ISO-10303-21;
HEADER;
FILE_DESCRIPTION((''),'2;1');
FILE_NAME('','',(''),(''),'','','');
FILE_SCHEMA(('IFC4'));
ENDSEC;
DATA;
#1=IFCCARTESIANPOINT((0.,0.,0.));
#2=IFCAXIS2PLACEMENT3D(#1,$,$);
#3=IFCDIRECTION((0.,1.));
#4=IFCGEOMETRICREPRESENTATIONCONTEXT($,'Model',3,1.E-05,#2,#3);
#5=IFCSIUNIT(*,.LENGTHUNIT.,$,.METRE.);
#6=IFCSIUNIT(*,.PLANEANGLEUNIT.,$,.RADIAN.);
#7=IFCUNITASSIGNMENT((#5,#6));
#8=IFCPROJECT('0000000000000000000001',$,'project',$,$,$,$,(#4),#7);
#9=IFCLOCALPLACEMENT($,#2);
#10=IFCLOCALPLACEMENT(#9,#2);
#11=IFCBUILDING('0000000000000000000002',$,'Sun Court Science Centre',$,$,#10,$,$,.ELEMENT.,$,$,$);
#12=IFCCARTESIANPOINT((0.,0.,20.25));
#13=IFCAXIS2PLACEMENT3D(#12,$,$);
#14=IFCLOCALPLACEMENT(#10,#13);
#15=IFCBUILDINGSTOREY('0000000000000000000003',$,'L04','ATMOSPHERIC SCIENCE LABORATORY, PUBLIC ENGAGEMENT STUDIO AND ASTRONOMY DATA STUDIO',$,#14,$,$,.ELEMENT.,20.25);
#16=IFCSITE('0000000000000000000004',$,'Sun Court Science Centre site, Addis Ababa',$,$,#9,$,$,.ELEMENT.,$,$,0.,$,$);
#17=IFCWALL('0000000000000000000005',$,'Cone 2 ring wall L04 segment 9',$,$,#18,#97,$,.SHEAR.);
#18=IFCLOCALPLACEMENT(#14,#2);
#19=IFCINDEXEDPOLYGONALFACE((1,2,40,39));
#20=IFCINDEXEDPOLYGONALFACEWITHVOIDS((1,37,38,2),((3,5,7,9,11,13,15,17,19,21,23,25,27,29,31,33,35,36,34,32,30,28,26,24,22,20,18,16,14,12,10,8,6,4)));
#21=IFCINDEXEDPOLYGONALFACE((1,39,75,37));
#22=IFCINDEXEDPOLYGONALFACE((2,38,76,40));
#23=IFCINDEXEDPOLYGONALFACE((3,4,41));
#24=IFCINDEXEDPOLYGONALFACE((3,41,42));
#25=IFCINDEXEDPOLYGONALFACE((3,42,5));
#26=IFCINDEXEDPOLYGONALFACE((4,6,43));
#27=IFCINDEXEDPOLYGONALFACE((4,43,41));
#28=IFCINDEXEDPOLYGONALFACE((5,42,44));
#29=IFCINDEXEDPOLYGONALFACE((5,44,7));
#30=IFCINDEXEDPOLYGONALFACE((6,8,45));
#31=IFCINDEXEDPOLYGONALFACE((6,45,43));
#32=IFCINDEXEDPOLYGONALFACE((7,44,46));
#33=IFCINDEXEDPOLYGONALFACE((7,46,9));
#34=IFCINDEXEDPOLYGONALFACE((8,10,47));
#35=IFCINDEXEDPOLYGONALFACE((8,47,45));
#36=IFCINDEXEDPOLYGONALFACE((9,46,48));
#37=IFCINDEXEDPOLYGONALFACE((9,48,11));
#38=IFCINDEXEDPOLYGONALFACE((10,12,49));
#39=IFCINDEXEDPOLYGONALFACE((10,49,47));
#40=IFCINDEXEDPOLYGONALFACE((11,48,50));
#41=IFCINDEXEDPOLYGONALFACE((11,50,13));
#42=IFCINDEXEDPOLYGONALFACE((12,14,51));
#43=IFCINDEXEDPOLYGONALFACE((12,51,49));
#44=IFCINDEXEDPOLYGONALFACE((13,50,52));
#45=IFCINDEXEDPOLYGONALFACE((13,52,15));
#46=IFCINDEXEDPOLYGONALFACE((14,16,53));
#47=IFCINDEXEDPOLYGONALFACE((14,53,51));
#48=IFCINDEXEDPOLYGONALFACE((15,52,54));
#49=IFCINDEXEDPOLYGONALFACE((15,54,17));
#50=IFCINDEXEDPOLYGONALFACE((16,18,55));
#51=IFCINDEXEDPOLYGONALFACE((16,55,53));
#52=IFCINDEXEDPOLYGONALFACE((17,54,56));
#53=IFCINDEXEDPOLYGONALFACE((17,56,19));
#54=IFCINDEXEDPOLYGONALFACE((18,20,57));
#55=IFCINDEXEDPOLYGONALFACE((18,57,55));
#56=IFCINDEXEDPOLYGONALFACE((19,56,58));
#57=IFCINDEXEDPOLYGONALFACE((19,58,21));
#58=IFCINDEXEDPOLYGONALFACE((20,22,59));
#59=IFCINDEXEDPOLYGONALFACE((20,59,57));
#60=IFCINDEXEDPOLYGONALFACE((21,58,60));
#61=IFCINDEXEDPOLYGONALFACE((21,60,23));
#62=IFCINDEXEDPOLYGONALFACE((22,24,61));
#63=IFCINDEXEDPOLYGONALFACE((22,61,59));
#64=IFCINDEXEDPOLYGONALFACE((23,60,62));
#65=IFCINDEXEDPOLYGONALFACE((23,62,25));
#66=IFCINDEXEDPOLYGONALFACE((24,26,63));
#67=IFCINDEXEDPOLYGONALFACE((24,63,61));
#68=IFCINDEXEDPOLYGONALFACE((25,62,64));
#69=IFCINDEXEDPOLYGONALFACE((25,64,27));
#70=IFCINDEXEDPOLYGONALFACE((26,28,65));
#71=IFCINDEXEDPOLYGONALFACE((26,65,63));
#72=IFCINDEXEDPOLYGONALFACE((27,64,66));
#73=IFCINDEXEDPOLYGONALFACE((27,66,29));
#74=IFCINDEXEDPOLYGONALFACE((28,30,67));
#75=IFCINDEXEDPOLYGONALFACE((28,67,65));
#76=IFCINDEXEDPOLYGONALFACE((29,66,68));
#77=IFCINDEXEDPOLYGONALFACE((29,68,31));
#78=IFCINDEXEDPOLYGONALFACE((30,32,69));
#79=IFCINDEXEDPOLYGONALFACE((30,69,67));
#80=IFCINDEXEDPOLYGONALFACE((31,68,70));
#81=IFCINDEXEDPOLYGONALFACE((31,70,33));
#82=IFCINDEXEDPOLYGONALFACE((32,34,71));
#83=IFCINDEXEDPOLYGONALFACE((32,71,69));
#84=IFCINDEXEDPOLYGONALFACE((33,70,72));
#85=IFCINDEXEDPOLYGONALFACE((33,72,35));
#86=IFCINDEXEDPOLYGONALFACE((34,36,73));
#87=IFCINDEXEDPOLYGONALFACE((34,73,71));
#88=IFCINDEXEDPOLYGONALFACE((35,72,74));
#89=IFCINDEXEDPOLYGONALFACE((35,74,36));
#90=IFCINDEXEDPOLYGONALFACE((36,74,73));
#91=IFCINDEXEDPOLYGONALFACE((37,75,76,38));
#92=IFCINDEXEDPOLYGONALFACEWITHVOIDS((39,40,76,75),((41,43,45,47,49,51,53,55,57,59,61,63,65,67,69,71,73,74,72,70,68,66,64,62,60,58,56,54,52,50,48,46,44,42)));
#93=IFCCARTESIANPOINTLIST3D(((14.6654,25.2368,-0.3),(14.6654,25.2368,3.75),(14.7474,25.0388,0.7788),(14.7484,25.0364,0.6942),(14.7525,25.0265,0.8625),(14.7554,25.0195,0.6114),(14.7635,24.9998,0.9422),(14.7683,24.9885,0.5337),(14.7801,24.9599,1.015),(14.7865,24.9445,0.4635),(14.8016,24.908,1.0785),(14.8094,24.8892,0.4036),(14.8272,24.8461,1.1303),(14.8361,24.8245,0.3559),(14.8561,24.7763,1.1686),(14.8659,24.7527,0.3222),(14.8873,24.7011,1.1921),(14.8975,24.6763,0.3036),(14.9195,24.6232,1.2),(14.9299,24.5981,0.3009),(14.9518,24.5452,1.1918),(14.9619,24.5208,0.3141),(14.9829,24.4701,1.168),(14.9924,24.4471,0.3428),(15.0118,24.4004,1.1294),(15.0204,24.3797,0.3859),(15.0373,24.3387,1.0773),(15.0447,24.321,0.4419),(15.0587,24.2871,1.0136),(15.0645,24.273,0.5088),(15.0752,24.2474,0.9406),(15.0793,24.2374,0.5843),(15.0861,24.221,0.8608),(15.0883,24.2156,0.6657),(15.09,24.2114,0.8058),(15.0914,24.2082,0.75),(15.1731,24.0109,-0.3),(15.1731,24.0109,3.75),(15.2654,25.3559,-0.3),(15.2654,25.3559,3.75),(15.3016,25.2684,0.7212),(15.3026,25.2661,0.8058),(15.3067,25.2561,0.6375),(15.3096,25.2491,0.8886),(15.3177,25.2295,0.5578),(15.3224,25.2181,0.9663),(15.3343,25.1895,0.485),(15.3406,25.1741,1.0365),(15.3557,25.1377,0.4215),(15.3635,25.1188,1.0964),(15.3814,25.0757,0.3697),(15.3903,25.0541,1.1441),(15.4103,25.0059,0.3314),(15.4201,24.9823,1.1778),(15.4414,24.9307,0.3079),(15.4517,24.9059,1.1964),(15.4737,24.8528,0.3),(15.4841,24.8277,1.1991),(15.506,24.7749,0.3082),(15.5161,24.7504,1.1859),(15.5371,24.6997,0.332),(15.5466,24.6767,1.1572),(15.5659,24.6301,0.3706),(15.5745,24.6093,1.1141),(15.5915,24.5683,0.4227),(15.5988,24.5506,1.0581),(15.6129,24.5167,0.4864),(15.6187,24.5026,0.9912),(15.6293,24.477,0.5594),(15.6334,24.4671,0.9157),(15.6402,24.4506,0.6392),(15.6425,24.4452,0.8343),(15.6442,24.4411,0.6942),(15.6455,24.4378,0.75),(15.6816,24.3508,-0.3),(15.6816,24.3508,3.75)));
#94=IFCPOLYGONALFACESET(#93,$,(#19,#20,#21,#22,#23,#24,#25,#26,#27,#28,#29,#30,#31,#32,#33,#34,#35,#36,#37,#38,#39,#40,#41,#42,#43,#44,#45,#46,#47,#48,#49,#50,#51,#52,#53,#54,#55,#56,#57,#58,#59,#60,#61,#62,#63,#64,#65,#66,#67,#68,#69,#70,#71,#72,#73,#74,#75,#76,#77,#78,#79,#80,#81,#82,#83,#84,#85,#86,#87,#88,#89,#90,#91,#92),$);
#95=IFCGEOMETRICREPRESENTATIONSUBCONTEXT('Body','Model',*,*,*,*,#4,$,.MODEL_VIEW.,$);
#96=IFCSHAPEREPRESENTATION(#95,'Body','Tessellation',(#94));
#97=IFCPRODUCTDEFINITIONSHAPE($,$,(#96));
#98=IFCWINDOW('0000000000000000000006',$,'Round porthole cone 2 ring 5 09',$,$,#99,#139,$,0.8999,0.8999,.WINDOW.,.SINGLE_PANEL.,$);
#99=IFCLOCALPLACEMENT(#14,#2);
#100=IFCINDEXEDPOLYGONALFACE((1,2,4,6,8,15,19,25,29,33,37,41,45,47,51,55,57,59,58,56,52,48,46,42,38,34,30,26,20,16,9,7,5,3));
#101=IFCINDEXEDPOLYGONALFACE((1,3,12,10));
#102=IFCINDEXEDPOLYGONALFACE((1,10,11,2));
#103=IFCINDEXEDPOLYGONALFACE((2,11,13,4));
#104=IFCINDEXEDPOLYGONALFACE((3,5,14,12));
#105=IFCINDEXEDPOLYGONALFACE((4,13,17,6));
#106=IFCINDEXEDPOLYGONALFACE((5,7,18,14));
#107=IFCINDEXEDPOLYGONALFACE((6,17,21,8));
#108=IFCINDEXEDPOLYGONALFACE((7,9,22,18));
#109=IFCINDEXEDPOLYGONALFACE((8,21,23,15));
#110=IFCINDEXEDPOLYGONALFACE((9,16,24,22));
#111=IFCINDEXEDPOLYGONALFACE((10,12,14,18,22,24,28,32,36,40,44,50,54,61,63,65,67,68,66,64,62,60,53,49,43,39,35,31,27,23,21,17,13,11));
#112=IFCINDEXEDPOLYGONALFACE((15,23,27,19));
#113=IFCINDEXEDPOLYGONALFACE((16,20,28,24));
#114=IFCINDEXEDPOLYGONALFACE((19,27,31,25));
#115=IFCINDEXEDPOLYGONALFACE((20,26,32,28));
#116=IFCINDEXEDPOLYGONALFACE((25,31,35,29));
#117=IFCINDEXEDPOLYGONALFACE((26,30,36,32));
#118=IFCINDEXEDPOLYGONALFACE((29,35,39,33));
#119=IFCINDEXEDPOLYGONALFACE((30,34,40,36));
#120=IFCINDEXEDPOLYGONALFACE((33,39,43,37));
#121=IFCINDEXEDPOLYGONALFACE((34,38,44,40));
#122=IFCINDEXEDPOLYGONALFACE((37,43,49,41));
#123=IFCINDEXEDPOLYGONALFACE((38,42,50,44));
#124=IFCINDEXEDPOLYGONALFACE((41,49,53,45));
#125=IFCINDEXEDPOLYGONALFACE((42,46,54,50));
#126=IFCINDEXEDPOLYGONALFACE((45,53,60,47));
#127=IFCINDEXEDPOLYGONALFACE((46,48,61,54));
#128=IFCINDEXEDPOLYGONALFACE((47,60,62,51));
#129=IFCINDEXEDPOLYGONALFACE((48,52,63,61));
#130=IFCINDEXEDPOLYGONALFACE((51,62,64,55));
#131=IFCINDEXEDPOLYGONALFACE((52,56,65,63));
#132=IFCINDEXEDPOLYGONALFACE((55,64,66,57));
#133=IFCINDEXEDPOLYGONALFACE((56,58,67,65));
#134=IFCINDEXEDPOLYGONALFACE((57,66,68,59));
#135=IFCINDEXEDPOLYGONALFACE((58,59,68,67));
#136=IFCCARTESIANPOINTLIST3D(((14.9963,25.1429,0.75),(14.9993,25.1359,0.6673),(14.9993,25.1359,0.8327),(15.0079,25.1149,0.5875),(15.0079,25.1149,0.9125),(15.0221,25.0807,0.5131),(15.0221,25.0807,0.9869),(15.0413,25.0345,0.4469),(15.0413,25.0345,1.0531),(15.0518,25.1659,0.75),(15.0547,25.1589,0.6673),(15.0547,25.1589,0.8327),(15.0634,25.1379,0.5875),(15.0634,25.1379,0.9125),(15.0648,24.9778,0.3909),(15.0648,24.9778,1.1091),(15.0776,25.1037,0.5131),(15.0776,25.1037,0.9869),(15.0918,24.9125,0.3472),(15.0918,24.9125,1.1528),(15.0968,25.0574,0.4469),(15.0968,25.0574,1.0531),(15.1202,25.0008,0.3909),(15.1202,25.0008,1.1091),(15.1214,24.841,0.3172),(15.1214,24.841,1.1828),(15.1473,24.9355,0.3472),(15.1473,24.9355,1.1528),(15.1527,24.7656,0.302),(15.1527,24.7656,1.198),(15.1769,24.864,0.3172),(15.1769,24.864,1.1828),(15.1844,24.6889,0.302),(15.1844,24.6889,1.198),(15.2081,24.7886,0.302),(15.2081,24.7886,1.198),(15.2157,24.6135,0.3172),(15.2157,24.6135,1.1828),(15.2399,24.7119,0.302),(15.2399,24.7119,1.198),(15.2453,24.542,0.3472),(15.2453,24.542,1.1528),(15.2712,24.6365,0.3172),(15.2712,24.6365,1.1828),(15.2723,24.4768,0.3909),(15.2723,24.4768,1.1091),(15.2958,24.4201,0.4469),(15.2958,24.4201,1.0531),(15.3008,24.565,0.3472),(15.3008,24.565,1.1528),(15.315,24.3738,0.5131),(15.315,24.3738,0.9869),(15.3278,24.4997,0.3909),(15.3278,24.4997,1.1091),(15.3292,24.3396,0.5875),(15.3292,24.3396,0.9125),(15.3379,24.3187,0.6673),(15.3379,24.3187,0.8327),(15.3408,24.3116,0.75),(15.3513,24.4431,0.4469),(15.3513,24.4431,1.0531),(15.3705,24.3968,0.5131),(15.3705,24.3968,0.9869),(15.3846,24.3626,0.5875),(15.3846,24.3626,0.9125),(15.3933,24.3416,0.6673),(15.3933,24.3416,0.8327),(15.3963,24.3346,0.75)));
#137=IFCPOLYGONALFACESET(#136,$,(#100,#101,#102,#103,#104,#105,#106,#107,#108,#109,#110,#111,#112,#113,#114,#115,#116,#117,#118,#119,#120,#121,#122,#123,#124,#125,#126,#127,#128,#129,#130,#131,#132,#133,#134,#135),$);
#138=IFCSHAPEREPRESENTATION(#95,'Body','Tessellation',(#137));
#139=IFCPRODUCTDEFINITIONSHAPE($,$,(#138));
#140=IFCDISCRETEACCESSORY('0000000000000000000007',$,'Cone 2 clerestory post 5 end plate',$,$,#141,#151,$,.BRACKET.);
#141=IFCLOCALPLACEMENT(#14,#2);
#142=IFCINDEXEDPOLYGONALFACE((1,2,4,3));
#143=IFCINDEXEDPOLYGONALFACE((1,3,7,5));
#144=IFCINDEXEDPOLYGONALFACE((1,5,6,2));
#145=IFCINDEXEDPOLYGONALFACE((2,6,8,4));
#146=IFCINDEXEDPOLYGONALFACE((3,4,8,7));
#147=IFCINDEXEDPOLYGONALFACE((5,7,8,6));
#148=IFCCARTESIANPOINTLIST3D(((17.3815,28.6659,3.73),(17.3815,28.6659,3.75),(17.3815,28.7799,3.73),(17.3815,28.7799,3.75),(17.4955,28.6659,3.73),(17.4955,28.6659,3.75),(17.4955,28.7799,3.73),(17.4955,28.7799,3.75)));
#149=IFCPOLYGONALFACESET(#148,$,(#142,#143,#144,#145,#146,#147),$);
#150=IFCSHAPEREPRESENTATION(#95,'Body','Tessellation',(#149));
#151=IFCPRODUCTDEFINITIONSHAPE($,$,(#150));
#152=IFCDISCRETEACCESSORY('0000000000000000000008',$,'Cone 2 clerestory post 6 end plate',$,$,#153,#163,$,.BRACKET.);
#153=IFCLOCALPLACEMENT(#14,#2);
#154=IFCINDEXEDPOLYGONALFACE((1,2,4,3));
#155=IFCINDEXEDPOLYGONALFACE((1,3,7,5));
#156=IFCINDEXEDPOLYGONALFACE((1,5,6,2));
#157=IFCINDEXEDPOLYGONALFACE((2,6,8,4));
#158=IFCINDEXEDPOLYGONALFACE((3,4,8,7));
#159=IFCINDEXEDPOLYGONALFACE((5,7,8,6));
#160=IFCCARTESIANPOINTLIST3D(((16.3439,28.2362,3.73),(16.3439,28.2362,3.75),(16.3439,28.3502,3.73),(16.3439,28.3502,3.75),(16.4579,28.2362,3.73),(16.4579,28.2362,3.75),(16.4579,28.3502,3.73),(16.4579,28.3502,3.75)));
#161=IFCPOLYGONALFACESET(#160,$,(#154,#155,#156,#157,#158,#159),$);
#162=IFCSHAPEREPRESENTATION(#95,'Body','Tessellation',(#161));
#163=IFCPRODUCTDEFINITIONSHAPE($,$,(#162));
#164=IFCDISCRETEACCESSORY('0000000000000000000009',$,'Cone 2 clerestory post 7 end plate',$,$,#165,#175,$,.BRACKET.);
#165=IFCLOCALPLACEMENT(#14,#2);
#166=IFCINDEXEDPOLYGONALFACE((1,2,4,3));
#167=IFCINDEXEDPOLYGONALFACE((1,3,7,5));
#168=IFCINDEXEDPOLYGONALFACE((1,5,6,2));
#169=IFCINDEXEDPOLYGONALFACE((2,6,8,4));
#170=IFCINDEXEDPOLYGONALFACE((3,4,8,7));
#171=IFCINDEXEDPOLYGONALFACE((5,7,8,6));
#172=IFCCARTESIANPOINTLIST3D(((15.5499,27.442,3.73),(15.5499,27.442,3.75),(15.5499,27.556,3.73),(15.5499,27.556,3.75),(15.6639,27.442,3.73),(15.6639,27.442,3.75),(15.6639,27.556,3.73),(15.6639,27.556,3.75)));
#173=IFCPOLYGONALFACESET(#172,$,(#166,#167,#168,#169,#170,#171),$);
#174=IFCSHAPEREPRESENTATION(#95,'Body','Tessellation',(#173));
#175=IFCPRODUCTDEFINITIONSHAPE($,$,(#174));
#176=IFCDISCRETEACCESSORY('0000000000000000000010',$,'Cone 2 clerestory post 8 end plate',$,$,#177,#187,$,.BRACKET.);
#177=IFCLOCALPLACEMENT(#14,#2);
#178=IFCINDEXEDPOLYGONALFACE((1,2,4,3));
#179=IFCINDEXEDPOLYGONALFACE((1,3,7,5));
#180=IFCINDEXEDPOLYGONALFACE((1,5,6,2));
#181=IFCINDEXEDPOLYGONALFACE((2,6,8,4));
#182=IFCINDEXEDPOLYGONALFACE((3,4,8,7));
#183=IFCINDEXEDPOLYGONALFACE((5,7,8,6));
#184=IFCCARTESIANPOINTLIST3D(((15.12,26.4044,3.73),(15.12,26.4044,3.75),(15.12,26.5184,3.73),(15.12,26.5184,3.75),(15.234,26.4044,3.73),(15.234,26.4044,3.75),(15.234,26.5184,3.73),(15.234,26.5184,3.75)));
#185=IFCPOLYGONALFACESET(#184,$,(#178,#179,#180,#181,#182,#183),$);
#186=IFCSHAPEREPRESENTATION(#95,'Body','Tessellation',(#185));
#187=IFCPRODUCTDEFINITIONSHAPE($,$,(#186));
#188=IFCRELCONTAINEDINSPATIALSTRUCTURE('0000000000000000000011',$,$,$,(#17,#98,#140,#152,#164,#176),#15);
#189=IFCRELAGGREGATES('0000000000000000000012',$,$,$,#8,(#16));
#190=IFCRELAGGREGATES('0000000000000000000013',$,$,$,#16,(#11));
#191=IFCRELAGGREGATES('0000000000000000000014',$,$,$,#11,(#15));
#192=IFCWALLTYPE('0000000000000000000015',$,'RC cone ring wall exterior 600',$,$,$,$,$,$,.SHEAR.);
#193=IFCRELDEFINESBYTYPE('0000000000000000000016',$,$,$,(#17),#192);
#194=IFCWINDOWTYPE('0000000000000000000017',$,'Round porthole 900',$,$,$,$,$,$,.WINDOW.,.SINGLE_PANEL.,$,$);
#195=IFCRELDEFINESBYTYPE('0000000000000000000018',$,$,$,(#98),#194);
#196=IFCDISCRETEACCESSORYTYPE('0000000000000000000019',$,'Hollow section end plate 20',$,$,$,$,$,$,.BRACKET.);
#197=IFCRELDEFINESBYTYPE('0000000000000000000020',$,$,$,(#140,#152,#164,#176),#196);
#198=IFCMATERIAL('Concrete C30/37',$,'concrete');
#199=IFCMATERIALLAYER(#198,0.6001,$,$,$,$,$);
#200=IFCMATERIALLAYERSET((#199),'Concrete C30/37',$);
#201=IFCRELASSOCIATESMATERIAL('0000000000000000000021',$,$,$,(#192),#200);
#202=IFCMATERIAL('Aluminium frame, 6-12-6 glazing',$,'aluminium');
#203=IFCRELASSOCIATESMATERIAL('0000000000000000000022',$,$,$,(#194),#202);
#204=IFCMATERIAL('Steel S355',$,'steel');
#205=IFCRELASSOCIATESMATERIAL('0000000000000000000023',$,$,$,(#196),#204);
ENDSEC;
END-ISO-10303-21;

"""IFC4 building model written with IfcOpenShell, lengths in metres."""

from ifc_helpers import new_model, si_unit, direction, frame, frame_2d, origin, origin_2d, place, context, subcontext, project, spatial, polyline, rectangle, circle, outline, extrude, material, layer, layer_set, type_object, element, fill, save


model = new_model("IFC4")

# Units and contexts
model_context = context("Model", 3, precision=1e-05, world=origin(), true_north=direction((0.0, 1.0)))
body_context = subcontext(model_context, "Body", "Model", "MODEL_VIEW")
ifc_project = project(units=[si_unit("LENGTHUNIT", "METRE"), si_unit("PLANEANGLEUNIT", "RADIAN")], contexts=[model_context])

# Site, building, storey
site_placement = place(None, origin())
site = spatial("IfcSite", under=ifc_project, at=site_placement, Name="Sun Court Science Centre site, Addis Ababa", CompositionType="ELEMENT", RefElevation=0.0)
building_placement = place(site_placement, origin())
building = spatial("IfcBuilding", under=site, at=building_placement, Name="Sun Court Science Centre", CompositionType="ELEMENT")
storey_placement = place(building_placement, frame((0.0, 0.0, 20.25)))
storey = spatial("IfcBuildingStorey", under=building, at=storey_placement, Name="L04", Description="ATMOSPHERIC SCIENCE LABORATORY, PUBLIC ENGAGEMENT STUDIO AND ASTRONOMY DATA STUDIO", CompositionType="ELEMENT", Elevation=20.25)

# Wall, opening, window
ifc_material_1 = material(Name="Concrete C30/37", Category="concrete")
ifc_layer = layer(ifc_material_1, 0.6001)
ifc_layer_set = layer_set([ifc_layer], Name="Concrete C30/37")
wall_type = type_object("IfcWallType", Name="RC cone ring wall exterior 600", PredefinedType="SHEAR", material=ifc_layer_set)
ifc_material_2 = material(Name="Aluminium frame, 6-12-6 glazing", Category="aluminium")
window_type = type_object("IfcWindowType", Name="Round porthole 900", PartitioningType="SINGLE_PANEL", PredefinedType="WINDOW", material=ifc_material_2)
wall_1_placement = place(storey_placement, frame((14.9424, 25.3516, -0.3), z_axis=(0.0, 0.0, 1.0), x_axis=(0.382785, -0.923837, 0.0)))
wall_1 = element("IfcWall", 1, at=wall_1_placement, inside=storey, type_object=wall_type, Name="Cone 2 ring wall L04 segment 9", PredefinedType="SHEAR", context=body_context, shape_type="SweptSolid", body=[
    extrude(outline(polyline([(0.0, -0.2998), (1.3269, -0.3), (1.2075, 0.2998), (0.1196, 0.3), (0.0, -0.2998)])), origin(), (0.0, 0.0, 1.0), 4.05),
])
opening_1_placement = place(wall_1_placement, frame((0.2134, 0.0, 0.6001)))
opening_1 = element("IfcOpeningElement", 2, at=opening_1_placement, cuts=wall_1, PredefinedType="OPENING", context=body_context, shape_type="SweptSolid", body=[
    extrude(circle(Radius=0.45, at=frame_2d((0.45, 0.45))), frame((0.0, 0.3101, 0.0), z_axis=(0.0, -1.0, 0.0), x_axis=(1.0, 0.0, 0.0)), (0.0, 0.0, 1.0), 0.6201),
])
window_1_placement = place(opening_1_placement, origin())
window_1 = element("IfcWindow", 3, at=window_1_placement, inside=storey, type_object=window_type, Name="Round porthole cone 2 ring 5 09", OverallHeight=0.8999, OverallWidth=0.8999, PartitioningType="SINGLE_PANEL", PredefinedType="WINDOW", context=body_context, shape_type="SweptSolid", body=[
    extrude(circle(Radius=0.45, at=frame_2d((0.45, 0.45))), frame((0.0, 0.03, 0.0), z_axis=(0.0, -1.0, 0.0), x_axis=(1.0, 0.0, 0.0)), (0.0, 0.0, 1.0), 0.0601),
])
fill(opening_1, window_1)

# Discrete accessories
ifc_material_3 = material(Name="Steel S355", Category="steel")
discrete_accessory_type = type_object("IfcDiscreteAccessoryType", Name="Hollow section end plate 20", PredefinedType="BRACKET", material=ifc_material_3)
for number, where, z_axis, x_axis, name in (
    (4, (17.4385, 28.7229, 3.73), (0.0, 0.0, 1.0), (1.0, 0.0, 0.0), "Cone 2 clerestory post 5 end plate"),
    (5, (16.4009, 28.2932, 3.73), (0.0, 0.0, 1.0), (1.0, 0.0, 0.0), "Cone 2 clerestory post 6 end plate"),
    (6, (15.6069, 27.499, 3.73), (0.0, 0.0, 1.0), (1.0, 0.0, 0.0), "Cone 2 clerestory post 7 end plate"),
    (7, (15.177, 26.4614, 3.73), (0.0, 0.0, 1.0), (1.0, 0.0, 0.0), "Cone 2 clerestory post 8 end plate"),
):
    element("IfcDiscreteAccessory", number, at=place(storey_placement, frame(where, z_axis=z_axis, x_axis=x_axis)), inside=storey, type_object=discrete_accessory_type, Name=name, PredefinedType="BRACKET", context=body_context, shape_type="SweptSolid", body=[
        extrude(rectangle(XDim=0.114, YDim=0.114, at=origin_2d()), origin(), (0.0, 0.0, 1.0), 0.02),
    ])

save(model, "model.ifc")
